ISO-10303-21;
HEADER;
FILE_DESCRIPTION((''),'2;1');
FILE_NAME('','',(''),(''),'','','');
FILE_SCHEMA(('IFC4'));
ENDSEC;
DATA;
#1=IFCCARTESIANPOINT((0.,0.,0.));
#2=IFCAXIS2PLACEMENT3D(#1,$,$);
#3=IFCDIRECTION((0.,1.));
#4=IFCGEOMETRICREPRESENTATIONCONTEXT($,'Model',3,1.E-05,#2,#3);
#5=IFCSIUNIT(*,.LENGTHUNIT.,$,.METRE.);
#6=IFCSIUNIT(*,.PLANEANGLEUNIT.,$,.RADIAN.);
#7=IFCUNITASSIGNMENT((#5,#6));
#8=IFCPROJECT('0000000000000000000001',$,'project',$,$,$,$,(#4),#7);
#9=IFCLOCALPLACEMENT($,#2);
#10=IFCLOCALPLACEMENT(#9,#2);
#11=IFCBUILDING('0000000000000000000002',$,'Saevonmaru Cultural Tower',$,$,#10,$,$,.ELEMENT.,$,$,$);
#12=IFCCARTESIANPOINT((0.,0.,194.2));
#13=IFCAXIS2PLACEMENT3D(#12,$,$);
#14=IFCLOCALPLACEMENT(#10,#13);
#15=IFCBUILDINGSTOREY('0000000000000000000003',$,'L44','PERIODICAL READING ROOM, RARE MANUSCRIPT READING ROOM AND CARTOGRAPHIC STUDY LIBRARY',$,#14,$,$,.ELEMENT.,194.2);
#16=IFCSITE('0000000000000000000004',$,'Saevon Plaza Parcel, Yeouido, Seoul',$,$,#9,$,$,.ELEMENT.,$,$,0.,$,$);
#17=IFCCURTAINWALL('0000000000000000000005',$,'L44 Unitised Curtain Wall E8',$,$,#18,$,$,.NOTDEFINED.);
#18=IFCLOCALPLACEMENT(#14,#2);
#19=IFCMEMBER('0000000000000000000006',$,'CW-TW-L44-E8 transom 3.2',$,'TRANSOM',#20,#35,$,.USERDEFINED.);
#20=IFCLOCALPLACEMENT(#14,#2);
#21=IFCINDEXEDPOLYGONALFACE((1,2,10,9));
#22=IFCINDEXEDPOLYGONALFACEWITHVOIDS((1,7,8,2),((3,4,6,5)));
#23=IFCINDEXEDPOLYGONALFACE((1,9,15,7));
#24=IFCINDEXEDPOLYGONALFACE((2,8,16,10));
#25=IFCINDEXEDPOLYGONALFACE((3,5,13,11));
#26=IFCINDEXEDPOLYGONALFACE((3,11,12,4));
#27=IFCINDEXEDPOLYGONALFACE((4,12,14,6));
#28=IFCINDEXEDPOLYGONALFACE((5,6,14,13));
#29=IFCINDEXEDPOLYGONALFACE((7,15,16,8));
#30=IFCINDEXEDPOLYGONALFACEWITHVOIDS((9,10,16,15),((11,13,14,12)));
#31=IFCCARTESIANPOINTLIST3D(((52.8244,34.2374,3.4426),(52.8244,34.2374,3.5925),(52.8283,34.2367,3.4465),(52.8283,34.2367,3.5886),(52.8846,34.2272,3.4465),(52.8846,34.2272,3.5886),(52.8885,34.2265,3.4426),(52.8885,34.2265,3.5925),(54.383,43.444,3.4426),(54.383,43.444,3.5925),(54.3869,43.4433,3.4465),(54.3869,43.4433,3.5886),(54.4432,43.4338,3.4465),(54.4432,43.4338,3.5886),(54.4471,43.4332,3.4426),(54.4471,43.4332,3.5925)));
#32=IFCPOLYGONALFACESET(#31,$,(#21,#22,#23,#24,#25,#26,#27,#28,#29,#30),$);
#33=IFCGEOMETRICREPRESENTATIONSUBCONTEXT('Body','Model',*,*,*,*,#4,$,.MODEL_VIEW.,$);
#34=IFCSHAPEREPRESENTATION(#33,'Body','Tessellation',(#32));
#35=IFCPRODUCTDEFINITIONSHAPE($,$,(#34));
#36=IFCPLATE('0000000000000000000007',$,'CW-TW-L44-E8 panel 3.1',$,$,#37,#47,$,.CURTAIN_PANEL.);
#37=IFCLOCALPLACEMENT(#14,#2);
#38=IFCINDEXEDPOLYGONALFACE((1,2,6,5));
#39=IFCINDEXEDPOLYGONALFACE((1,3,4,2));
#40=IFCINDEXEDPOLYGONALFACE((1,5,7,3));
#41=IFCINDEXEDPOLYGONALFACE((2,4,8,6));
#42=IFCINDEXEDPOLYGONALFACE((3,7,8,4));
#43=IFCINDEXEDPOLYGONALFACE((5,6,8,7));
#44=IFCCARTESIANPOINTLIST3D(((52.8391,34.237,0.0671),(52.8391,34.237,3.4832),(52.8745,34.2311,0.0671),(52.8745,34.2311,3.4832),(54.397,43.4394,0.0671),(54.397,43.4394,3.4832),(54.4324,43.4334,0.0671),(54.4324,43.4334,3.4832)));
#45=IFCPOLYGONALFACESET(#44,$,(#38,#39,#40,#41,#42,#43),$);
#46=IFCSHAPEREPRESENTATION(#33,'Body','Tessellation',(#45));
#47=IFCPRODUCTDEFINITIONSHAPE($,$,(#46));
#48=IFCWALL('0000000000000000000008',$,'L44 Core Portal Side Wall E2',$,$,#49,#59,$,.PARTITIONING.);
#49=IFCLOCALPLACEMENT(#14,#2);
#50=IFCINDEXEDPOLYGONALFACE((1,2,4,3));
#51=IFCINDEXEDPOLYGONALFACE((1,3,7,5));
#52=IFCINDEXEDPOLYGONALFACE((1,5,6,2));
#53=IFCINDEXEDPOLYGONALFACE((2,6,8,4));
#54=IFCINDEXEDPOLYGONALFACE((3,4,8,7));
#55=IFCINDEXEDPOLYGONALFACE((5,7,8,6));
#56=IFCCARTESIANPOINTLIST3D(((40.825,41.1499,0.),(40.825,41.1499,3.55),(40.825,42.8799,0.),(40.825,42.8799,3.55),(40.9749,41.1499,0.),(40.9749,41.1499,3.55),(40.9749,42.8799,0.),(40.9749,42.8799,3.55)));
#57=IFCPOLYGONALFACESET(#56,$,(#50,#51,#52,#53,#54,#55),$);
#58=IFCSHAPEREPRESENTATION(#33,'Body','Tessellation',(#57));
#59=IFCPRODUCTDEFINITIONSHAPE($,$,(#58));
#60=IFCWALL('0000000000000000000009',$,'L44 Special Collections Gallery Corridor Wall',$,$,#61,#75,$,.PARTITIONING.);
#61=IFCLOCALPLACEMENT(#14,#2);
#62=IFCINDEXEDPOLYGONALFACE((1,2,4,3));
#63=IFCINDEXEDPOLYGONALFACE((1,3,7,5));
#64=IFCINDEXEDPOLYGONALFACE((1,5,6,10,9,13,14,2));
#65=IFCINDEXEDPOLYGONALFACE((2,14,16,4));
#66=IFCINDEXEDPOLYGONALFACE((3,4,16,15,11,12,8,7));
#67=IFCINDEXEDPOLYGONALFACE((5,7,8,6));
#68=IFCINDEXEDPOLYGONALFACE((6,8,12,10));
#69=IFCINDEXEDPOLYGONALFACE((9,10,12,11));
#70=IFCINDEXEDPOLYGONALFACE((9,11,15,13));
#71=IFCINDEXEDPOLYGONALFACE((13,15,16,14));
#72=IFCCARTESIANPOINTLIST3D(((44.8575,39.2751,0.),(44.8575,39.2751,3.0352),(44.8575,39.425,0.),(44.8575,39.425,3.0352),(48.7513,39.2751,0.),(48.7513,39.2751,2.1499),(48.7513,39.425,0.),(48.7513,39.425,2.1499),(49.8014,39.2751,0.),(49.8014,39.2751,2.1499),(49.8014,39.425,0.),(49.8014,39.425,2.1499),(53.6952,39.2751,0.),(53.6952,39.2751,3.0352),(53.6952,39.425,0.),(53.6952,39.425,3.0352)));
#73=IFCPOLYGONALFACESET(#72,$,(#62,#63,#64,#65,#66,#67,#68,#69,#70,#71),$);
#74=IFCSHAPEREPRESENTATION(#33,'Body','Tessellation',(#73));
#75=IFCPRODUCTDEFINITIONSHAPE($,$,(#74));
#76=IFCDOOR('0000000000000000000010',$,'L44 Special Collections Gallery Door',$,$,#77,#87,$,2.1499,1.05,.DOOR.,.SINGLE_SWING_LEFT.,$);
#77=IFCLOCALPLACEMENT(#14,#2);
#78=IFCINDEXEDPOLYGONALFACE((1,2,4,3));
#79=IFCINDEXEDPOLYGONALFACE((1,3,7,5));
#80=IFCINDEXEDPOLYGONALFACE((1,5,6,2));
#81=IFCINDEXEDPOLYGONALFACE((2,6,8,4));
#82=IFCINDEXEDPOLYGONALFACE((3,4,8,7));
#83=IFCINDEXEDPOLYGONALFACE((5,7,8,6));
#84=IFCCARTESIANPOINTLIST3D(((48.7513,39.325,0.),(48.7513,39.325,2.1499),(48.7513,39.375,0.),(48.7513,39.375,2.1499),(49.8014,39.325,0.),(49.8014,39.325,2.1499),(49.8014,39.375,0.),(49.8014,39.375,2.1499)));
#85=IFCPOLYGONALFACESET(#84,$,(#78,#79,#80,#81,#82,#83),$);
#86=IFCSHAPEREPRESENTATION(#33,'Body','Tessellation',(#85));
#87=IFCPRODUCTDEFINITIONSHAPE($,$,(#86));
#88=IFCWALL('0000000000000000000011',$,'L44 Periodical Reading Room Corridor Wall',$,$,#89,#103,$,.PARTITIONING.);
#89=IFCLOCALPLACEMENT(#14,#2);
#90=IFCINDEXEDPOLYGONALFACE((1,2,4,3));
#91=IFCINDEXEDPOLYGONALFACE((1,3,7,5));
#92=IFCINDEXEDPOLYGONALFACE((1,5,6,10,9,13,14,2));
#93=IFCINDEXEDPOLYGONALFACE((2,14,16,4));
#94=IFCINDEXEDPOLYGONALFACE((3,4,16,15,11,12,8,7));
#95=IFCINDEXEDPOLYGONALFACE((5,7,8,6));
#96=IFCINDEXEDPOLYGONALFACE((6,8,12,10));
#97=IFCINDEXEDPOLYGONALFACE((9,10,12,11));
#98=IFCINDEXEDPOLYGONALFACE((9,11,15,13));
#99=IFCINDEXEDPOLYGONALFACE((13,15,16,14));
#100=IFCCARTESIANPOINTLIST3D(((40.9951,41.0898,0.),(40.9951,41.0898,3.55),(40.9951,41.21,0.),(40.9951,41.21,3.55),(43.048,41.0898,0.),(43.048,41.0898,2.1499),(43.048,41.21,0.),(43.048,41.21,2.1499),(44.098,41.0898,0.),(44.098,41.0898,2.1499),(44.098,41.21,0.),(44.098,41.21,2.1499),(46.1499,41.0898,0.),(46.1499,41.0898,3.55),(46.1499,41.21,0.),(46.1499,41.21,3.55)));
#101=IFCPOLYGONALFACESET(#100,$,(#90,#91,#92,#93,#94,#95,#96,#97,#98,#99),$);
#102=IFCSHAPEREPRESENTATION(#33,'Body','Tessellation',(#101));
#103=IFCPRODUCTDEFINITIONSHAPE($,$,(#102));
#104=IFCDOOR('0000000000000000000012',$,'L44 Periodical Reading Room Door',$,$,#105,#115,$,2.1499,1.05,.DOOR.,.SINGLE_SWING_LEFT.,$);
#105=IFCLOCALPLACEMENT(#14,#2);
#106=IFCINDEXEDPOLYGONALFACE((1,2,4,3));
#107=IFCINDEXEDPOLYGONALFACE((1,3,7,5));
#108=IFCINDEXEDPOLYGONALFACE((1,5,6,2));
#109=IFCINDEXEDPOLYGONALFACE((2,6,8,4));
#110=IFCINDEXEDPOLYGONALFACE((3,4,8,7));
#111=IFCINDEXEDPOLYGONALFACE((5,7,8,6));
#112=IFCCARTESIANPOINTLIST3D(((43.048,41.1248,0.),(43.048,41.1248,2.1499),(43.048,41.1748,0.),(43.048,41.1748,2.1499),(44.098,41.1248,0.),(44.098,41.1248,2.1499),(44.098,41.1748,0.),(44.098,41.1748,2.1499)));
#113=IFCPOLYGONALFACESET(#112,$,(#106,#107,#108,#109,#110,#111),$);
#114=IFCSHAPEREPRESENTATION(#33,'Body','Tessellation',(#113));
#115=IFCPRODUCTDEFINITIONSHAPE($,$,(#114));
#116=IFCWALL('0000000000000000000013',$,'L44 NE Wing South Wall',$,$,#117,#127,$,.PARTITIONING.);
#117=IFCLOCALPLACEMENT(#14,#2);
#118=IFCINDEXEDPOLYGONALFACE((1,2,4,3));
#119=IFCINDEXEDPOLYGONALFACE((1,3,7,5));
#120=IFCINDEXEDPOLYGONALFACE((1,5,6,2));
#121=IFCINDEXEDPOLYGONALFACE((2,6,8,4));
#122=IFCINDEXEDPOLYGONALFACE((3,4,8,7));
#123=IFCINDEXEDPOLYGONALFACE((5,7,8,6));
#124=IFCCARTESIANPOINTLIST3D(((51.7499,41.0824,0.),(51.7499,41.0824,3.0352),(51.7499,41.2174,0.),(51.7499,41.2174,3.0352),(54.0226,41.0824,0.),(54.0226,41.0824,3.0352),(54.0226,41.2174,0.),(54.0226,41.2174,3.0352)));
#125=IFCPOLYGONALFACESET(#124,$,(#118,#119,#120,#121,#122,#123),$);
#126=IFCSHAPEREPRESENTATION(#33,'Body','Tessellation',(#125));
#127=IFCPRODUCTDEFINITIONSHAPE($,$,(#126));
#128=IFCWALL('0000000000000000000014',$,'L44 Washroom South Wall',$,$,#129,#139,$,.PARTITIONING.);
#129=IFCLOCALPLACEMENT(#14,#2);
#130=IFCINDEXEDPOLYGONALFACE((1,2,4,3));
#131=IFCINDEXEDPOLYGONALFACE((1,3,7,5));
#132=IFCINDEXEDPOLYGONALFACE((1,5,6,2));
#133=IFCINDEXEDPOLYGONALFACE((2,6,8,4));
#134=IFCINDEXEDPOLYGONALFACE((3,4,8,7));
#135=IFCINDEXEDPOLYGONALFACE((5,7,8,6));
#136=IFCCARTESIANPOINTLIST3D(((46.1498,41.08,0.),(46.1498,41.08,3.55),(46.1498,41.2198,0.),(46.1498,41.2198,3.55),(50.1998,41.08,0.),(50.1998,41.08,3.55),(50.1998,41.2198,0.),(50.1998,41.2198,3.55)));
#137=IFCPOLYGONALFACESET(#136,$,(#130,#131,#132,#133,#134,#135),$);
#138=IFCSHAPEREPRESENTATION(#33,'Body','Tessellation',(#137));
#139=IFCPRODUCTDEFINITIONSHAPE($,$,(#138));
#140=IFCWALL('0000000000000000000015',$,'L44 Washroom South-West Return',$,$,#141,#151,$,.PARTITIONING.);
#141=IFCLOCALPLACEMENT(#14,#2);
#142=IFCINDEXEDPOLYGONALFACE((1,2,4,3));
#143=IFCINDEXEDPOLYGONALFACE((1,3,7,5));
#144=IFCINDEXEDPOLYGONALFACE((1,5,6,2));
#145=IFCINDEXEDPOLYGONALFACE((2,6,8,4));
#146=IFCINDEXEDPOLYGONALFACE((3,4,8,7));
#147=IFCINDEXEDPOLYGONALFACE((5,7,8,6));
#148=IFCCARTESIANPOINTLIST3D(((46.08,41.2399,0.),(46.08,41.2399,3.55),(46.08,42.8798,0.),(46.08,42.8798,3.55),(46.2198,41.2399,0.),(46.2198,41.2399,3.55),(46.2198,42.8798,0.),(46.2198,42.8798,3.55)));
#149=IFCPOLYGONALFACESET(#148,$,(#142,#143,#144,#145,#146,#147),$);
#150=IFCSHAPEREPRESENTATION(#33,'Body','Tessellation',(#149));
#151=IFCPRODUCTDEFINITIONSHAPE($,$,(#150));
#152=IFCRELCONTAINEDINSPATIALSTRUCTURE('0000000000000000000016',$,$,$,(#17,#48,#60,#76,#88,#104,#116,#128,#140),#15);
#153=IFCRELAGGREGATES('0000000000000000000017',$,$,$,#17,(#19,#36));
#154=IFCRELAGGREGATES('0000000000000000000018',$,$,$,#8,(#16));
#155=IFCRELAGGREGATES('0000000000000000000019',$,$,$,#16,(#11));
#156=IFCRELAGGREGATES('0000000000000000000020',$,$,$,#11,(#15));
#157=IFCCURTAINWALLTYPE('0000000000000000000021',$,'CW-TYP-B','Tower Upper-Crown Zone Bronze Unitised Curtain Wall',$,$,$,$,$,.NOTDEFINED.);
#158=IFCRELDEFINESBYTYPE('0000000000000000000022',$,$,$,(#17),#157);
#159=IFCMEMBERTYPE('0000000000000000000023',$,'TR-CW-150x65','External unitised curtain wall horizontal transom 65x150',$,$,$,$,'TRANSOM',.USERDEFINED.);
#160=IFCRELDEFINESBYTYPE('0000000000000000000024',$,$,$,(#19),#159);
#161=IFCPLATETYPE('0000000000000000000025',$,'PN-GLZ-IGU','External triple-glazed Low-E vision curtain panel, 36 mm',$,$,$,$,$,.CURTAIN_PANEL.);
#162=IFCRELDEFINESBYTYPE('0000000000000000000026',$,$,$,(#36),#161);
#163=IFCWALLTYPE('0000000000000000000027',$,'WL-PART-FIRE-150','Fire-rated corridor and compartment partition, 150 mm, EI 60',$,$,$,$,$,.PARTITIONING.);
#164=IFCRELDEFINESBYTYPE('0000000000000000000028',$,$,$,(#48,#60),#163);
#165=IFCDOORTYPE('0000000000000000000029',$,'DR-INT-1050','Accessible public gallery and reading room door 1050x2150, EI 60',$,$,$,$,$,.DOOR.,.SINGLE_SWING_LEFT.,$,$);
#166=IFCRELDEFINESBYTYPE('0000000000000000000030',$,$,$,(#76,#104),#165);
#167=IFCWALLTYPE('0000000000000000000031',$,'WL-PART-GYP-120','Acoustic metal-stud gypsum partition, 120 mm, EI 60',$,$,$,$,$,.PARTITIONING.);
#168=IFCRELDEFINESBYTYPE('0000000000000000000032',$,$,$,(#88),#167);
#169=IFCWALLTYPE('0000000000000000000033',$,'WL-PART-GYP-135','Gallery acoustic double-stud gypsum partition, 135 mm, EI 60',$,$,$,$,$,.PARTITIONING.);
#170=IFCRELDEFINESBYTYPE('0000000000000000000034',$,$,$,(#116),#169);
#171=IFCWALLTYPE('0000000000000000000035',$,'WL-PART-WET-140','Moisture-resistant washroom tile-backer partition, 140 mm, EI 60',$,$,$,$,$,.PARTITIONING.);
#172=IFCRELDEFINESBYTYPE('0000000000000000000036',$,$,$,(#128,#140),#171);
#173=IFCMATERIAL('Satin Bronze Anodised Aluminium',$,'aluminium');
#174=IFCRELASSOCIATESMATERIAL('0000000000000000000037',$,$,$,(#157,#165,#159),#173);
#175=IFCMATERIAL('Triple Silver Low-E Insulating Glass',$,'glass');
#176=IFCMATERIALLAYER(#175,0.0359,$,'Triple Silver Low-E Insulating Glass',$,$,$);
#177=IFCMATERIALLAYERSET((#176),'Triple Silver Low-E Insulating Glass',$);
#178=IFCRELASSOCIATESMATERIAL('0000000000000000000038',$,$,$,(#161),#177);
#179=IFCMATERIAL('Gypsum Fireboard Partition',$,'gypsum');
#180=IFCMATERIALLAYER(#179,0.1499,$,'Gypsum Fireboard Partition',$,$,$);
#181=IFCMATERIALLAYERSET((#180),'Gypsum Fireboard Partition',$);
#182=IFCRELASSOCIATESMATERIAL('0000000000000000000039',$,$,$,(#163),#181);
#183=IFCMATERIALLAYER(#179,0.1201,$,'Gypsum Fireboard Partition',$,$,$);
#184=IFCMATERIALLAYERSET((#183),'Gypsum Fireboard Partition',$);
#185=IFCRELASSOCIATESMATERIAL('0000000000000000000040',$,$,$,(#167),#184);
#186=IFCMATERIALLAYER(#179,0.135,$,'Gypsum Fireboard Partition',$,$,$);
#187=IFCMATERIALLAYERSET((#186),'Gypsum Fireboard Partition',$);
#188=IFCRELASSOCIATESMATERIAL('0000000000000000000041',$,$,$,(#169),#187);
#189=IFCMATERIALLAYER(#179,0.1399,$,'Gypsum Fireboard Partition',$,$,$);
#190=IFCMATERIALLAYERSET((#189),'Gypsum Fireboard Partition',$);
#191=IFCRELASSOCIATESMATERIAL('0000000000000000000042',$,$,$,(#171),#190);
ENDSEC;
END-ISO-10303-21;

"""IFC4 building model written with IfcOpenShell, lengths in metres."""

from ifc_helpers import new_model, si_unit, direction, frame, frame_2d, origin, origin_2d, place, context, subcontext, project, spatial, rectangle, hollow_rectangle, extrude, material, layer, layer_set, material_profile, profile_set, type_object, element, fill, aggregate, save


model = new_model("IFC4")

# Units and contexts
model_context = context("Model", 3, precision=1e-05, world=origin(), true_north=direction((0.0, 1.0)))
body_context = subcontext(model_context, "Body", "Model", "MODEL_VIEW")
ifc_project = project(units=[si_unit("LENGTHUNIT", "METRE"), si_unit("PLANEANGLEUNIT", "RADIAN")], contexts=[model_context])

# Site, building, storey
site_placement = place(None, origin())
site = spatial("IfcSite", under=ifc_project, at=site_placement, Name="Saevon Plaza Parcel, Yeouido, Seoul", CompositionType="ELEMENT", RefElevation=0.0)
building_placement = place(site_placement, origin())
building = spatial("IfcBuilding", under=site, at=building_placement, Name="Saevonmaru Cultural Tower", CompositionType="ELEMENT")
storey_placement = place(building_placement, frame((0.0, 0.0, 194.2)))
storey = spatial("IfcBuildingStorey", under=building, at=storey_placement, Name="L44", Description="PERIODICAL READING ROOM, RARE MANUSCRIPT READING ROOM AND CARTOGRAPHIC STUDY LIBRARY", CompositionType="ELEMENT", Elevation=194.2)

# Curtain wall, member, plate
ifc_material_1 = material(Name="Satin Bronze Anodised Aluminium", Category="aluminium")
curtain_wall_type = type_object("IfcCurtainWallType", Name="CW-TYP-B", Description="Tower Upper-Crown Zone Bronze Unitised Curtain Wall", PredefinedType="NOTDEFINED", material=ifc_material_1)
curtain_wall_placement = place(storey_placement, origin())
curtain_wall = element("IfcCurtainWall", 1, at=curtain_wall_placement, inside=storey, type_object=curtain_wall_type, Name="L44 Unitised Curtain Wall E8", PredefinedType="NOTDEFINED")
ifc_material_profile_1 = material_profile(ifc_material_1, hollow_rectangle(XDim=0.0649, YDim=0.1499, WallThickness=0.0039, at=origin_2d()), Name="ALU-TRAN-150x65x4")
ifc_profile_set_1 = profile_set([ifc_material_profile_1], Name="Satin Bronze Anodised Aluminium")
member_type_1 = type_object("IfcMemberType", Name="TR-CW-150x65", Description="External unitised curtain wall horizontal transom 65x150", ElementType="TRANSOM", PredefinedType="USERDEFINED", material=ifc_profile_set_1)
member_1_placement = place(storey_placement, frame((52.8564, 34.2319, 3.5176), z_axis=(0.166917, 0.985971, 0.0), x_axis=(-0.985971, 0.166917, 0.0)))
member_1 = element("IfcMember", 2, at=member_1_placement, type_object=member_type_1, Name="CW-TW-L44-E8 transom 3.2", ObjectType="TRANSOM", PredefinedType="USERDEFINED", context=body_context, shape_type="SweptSolid", body=[
    extrude(hollow_rectangle(XDim=0.0649, YDim=0.1499, WallThickness=0.0039, at=origin_2d()), origin(), (0.0, 0.0, 1.0), 9.3376),
])
ifc_material_2 = material(Name="Triple Silver Low-E Insulating Glass", Category="glass")
ifc_layer_1 = layer(ifc_material_2, 0.0359, Name="Triple Silver Low-E Insulating Glass")
ifc_layer_set_1 = layer_set([ifc_layer_1], Name="Triple Silver Low-E Insulating Glass")
plate_type = type_object("IfcPlateType", Name="PN-GLZ-IGU", Description="External triple-glazed Low-E vision curtain panel, 36 mm", PredefinedType="CURTAIN_PANEL", material=ifc_layer_set_1)
plate_placement = place(storey_placement, frame((53.6357, 38.8352, 0.0671), z_axis=(0.0, 0.0, 1.0), x_axis=(0.166922, 0.98597, 0.0)))
plate = element("IfcPlate", 3, at=plate_placement, type_object=plate_type, Name="CW-TW-L44-E8 panel 3.1", PredefinedType="CURTAIN_PANEL", context=body_context, shape_type="SweptSolid", body=[
    extrude(rectangle(XDim=9.3333, YDim=0.0359, at=origin_2d()), origin(), (0.0, 0.0, 1.0), 3.416),
])
aggregate(curtain_wall, [member_1, plate])

# Shared definitions
ifc_material_3 = material(Name="Gypsum Fireboard Partition", Category="gypsum")
ifc_layer_2 = layer(ifc_material_3, 0.1499, Name="Gypsum Fireboard Partition")
ifc_layer_set_2 = layer_set([ifc_layer_2], Name="Gypsum Fireboard Partition")
wall_type_1 = type_object("IfcWallType", Name="WL-PART-FIRE-150", Description="Fire-rated corridor and compartment partition, 150 mm, EI 60", PredefinedType="PARTITIONING", material=ifc_layer_set_2)
door_type_1 = type_object("IfcDoorType", Name="DR-INT-1050", Description="Accessible public gallery and reading room door 1050x2150, EI 60", OperationType="SINGLE_SWING_LEFT", PredefinedType="DOOR", material=ifc_material_1)

# Wall
wall_1_placement = place(storey_placement, frame((40.8999, 41.1499, 0.0), z_axis=(0.0, 0.0, 1.0), x_axis=(0.0, 1.0, 0.0)))
element("IfcWall", 4, at=wall_1_placement, inside=storey, type_object=wall_type_1, Name="L44 Core Portal Side Wall E2", PredefinedType="PARTITIONING", context=body_context, shape_type="SweptSolid", body=[
    extrude(rectangle(XDim=1.73, YDim=0.1499, at=frame_2d((0.865, 0.0))), origin(), (0.0, 0.0, 1.0), 3.55),
])

# Walls, openings, doors
wall_2_placement = place(storey_placement, frame((44.8574, 39.3501, 0.0), z_axis=(0.0, 0.0, 1.0), x_axis=(1.0, 0.0, 0.0)))
wall_2 = element("IfcWall", 5, at=wall_2_placement, inside=storey, type_object=wall_type_1, Name="L44 Special Collections Gallery Corridor Wall", PredefinedType="PARTITIONING", context=body_context, shape_type="SweptSolid", body=[
    extrude(rectangle(XDim=8.8376, YDim=0.1499, at=frame_2d((4.4189, 0.0))), origin(), (0.0, 0.0, 1.0), 3.0352),
])
opening_1_placement = place(wall_2_placement, frame((3.894, 0.0, 0.0)))
opening_1 = element("IfcOpeningElement", 6, at=opening_1_placement, cuts=wall_2, PredefinedType="OPENING", context=body_context, shape_type="SweptSolid", body=[
    extrude(rectangle(XDim=1.05, YDim=2.1499, at=frame_2d((0.5249, 1.075))), frame((0.0, 0.085, 0.0), z_axis=(0.0, -1.0, 0.0), x_axis=(1.0, 0.0, 0.0)), (0.0, 0.0, 1.0), 0.1699),
])
door_1_placement = place(opening_1_placement, origin())
door_1 = element("IfcDoor", 7, at=door_1_placement, inside=storey, type_object=door_type_1, Name="L44 Special Collections Gallery Door", OperationType="SINGLE_SWING_LEFT", OverallHeight=2.1499, OverallWidth=1.05, PredefinedType="DOOR", context=body_context, shape_type="SweptSolid", body=[
    extrude(rectangle(XDim=1.05, YDim=2.1499, at=frame_2d((0.5249, 1.075))), frame((0.0, 0.0249, 0.0), z_axis=(0.0, -1.0, 0.0), x_axis=(1.0, 0.0, 0.0)), (0.0, 0.0, 1.0), 0.05),
])
fill(opening_1, door_1)
ifc_layer_3 = layer(ifc_material_3, 0.1201, Name="Gypsum Fireboard Partition")
ifc_layer_set_3 = layer_set([ifc_layer_3], Name="Gypsum Fireboard Partition")
wall_type_2 = type_object("IfcWallType", Name="WL-PART-GYP-120", Description="Acoustic metal-stud gypsum partition, 120 mm, EI 60", PredefinedType="PARTITIONING", material=ifc_layer_set_3)
wall_3_placement = place(storey_placement, frame((40.9951, 41.1499, 0.0), z_axis=(0.0, 0.0, 1.0), x_axis=(1.0, 0.0, 0.0)))
wall_3 = element("IfcWall", 8, at=wall_3_placement, inside=storey, type_object=wall_type_2, Name="L44 Periodical Reading Room Corridor Wall", PredefinedType="PARTITIONING", context=body_context, shape_type="SweptSolid", body=[
    extrude(rectangle(XDim=5.1548, YDim=0.1201, at=frame_2d((2.5774, 0.0))), origin(), (0.0, 0.0, 1.0), 3.55),
])
opening_2_placement = place(wall_3_placement, frame((2.053, 0.0, 0.0)))
opening_2 = element("IfcOpeningElement", 9, at=opening_2_placement, cuts=wall_3, PredefinedType="OPENING", context=body_context, shape_type="SweptSolid", body=[
    extrude(rectangle(XDim=1.05, YDim=2.1499, at=frame_2d((0.5249, 1.075))), frame((0.0, 0.0701, 0.0), z_axis=(0.0, -1.0, 0.0), x_axis=(1.0, 0.0, 0.0)), (0.0, 0.0, 1.0), 0.1401),
])
door_2_placement = place(opening_2_placement, origin())
door_2 = element("IfcDoor", 10, at=door_2_placement, inside=storey, type_object=door_type_1, Name="L44 Periodical Reading Room Door", OperationType="SINGLE_SWING_LEFT", OverallHeight=2.1499, OverallWidth=1.05, PredefinedType="DOOR", context=body_context, shape_type="SweptSolid", body=[
    extrude(rectangle(XDim=1.05, YDim=2.1499, at=frame_2d((0.5249, 1.075))), frame((0.0, 0.0249, 0.0), z_axis=(0.0, -1.0, 0.0), x_axis=(1.0, 0.0, 0.0)), (0.0, 0.0, 1.0), 0.05),
])
fill(opening_2, door_2)

# Walls
ifc_layer_4 = layer(ifc_material_3, 0.135, Name="Gypsum Fireboard Partition")
ifc_layer_set_4 = layer_set([ifc_layer_4], Name="Gypsum Fireboard Partition")
wall_type_3 = type_object("IfcWallType", Name="WL-PART-GYP-135", Description="Gallery acoustic double-stud gypsum partition, 135 mm, EI 60", PredefinedType="PARTITIONING", material=ifc_layer_set_4)
wall_4_placement = place(storey_placement, frame((51.75, 41.1499, 0.0), z_axis=(0.0, 0.0, 1.0), x_axis=(1.0, 0.0, 0.0)))
element("IfcWall", 11, at=wall_4_placement, inside=storey, type_object=wall_type_3, Name="L44 NE Wing South Wall", PredefinedType="PARTITIONING", context=body_context, shape_type="SweptSolid", body=[
    extrude(rectangle(XDim=2.2727, YDim=0.135, at=frame_2d((1.1362, 0.0))), origin(), (0.0, 0.0, 1.0), 3.0352),
])
ifc_layer_5 = layer(ifc_material_3, 0.1399, Name="Gypsum Fireboard Partition")
ifc_layer_set_5 = layer_set([ifc_layer_5], Name="Gypsum Fireboard Partition")
wall_type_4 = type_object("IfcWallType", Name="WL-PART-WET-140", Description="Moisture-resistant washroom tile-backer partition, 140 mm, EI 60", PredefinedType="PARTITIONING", material=ifc_layer_set_5)
wall_5_placement = place(storey_placement, frame((46.1499, 41.1499, 0.0), z_axis=(0.0, 0.0, 1.0), x_axis=(1.0, 0.0, 0.0)))
element("IfcWall", 12, at=wall_5_placement, inside=storey, type_object=wall_type_4, Name="L44 Washroom South Wall", PredefinedType="PARTITIONING", context=body_context, shape_type="SweptSolid", body=[
    extrude(rectangle(XDim=4.05, YDim=0.1399, at=frame_2d((2.0249, 0.0))), origin(), (0.0, 0.0, 1.0), 3.55),
])
wall_6_placement = place(storey_placement, frame((46.1499, 41.24, 0.0), z_axis=(0.0, 0.0, 1.0), x_axis=(0.0, 1.0, 0.0)))
element("IfcWall", 13, at=wall_6_placement, inside=storey, type_object=wall_type_4, Name="L44 Washroom South-West Return", PredefinedType="PARTITIONING", context=body_context, shape_type="SweptSolid", body=[
    extrude(rectangle(XDim=1.6399, YDim=0.1399, at=frame_2d((0.8198, 0.0))), origin(), (0.0, 0.0, 1.0), 3.55),
])

save(model, "model.ifc")
